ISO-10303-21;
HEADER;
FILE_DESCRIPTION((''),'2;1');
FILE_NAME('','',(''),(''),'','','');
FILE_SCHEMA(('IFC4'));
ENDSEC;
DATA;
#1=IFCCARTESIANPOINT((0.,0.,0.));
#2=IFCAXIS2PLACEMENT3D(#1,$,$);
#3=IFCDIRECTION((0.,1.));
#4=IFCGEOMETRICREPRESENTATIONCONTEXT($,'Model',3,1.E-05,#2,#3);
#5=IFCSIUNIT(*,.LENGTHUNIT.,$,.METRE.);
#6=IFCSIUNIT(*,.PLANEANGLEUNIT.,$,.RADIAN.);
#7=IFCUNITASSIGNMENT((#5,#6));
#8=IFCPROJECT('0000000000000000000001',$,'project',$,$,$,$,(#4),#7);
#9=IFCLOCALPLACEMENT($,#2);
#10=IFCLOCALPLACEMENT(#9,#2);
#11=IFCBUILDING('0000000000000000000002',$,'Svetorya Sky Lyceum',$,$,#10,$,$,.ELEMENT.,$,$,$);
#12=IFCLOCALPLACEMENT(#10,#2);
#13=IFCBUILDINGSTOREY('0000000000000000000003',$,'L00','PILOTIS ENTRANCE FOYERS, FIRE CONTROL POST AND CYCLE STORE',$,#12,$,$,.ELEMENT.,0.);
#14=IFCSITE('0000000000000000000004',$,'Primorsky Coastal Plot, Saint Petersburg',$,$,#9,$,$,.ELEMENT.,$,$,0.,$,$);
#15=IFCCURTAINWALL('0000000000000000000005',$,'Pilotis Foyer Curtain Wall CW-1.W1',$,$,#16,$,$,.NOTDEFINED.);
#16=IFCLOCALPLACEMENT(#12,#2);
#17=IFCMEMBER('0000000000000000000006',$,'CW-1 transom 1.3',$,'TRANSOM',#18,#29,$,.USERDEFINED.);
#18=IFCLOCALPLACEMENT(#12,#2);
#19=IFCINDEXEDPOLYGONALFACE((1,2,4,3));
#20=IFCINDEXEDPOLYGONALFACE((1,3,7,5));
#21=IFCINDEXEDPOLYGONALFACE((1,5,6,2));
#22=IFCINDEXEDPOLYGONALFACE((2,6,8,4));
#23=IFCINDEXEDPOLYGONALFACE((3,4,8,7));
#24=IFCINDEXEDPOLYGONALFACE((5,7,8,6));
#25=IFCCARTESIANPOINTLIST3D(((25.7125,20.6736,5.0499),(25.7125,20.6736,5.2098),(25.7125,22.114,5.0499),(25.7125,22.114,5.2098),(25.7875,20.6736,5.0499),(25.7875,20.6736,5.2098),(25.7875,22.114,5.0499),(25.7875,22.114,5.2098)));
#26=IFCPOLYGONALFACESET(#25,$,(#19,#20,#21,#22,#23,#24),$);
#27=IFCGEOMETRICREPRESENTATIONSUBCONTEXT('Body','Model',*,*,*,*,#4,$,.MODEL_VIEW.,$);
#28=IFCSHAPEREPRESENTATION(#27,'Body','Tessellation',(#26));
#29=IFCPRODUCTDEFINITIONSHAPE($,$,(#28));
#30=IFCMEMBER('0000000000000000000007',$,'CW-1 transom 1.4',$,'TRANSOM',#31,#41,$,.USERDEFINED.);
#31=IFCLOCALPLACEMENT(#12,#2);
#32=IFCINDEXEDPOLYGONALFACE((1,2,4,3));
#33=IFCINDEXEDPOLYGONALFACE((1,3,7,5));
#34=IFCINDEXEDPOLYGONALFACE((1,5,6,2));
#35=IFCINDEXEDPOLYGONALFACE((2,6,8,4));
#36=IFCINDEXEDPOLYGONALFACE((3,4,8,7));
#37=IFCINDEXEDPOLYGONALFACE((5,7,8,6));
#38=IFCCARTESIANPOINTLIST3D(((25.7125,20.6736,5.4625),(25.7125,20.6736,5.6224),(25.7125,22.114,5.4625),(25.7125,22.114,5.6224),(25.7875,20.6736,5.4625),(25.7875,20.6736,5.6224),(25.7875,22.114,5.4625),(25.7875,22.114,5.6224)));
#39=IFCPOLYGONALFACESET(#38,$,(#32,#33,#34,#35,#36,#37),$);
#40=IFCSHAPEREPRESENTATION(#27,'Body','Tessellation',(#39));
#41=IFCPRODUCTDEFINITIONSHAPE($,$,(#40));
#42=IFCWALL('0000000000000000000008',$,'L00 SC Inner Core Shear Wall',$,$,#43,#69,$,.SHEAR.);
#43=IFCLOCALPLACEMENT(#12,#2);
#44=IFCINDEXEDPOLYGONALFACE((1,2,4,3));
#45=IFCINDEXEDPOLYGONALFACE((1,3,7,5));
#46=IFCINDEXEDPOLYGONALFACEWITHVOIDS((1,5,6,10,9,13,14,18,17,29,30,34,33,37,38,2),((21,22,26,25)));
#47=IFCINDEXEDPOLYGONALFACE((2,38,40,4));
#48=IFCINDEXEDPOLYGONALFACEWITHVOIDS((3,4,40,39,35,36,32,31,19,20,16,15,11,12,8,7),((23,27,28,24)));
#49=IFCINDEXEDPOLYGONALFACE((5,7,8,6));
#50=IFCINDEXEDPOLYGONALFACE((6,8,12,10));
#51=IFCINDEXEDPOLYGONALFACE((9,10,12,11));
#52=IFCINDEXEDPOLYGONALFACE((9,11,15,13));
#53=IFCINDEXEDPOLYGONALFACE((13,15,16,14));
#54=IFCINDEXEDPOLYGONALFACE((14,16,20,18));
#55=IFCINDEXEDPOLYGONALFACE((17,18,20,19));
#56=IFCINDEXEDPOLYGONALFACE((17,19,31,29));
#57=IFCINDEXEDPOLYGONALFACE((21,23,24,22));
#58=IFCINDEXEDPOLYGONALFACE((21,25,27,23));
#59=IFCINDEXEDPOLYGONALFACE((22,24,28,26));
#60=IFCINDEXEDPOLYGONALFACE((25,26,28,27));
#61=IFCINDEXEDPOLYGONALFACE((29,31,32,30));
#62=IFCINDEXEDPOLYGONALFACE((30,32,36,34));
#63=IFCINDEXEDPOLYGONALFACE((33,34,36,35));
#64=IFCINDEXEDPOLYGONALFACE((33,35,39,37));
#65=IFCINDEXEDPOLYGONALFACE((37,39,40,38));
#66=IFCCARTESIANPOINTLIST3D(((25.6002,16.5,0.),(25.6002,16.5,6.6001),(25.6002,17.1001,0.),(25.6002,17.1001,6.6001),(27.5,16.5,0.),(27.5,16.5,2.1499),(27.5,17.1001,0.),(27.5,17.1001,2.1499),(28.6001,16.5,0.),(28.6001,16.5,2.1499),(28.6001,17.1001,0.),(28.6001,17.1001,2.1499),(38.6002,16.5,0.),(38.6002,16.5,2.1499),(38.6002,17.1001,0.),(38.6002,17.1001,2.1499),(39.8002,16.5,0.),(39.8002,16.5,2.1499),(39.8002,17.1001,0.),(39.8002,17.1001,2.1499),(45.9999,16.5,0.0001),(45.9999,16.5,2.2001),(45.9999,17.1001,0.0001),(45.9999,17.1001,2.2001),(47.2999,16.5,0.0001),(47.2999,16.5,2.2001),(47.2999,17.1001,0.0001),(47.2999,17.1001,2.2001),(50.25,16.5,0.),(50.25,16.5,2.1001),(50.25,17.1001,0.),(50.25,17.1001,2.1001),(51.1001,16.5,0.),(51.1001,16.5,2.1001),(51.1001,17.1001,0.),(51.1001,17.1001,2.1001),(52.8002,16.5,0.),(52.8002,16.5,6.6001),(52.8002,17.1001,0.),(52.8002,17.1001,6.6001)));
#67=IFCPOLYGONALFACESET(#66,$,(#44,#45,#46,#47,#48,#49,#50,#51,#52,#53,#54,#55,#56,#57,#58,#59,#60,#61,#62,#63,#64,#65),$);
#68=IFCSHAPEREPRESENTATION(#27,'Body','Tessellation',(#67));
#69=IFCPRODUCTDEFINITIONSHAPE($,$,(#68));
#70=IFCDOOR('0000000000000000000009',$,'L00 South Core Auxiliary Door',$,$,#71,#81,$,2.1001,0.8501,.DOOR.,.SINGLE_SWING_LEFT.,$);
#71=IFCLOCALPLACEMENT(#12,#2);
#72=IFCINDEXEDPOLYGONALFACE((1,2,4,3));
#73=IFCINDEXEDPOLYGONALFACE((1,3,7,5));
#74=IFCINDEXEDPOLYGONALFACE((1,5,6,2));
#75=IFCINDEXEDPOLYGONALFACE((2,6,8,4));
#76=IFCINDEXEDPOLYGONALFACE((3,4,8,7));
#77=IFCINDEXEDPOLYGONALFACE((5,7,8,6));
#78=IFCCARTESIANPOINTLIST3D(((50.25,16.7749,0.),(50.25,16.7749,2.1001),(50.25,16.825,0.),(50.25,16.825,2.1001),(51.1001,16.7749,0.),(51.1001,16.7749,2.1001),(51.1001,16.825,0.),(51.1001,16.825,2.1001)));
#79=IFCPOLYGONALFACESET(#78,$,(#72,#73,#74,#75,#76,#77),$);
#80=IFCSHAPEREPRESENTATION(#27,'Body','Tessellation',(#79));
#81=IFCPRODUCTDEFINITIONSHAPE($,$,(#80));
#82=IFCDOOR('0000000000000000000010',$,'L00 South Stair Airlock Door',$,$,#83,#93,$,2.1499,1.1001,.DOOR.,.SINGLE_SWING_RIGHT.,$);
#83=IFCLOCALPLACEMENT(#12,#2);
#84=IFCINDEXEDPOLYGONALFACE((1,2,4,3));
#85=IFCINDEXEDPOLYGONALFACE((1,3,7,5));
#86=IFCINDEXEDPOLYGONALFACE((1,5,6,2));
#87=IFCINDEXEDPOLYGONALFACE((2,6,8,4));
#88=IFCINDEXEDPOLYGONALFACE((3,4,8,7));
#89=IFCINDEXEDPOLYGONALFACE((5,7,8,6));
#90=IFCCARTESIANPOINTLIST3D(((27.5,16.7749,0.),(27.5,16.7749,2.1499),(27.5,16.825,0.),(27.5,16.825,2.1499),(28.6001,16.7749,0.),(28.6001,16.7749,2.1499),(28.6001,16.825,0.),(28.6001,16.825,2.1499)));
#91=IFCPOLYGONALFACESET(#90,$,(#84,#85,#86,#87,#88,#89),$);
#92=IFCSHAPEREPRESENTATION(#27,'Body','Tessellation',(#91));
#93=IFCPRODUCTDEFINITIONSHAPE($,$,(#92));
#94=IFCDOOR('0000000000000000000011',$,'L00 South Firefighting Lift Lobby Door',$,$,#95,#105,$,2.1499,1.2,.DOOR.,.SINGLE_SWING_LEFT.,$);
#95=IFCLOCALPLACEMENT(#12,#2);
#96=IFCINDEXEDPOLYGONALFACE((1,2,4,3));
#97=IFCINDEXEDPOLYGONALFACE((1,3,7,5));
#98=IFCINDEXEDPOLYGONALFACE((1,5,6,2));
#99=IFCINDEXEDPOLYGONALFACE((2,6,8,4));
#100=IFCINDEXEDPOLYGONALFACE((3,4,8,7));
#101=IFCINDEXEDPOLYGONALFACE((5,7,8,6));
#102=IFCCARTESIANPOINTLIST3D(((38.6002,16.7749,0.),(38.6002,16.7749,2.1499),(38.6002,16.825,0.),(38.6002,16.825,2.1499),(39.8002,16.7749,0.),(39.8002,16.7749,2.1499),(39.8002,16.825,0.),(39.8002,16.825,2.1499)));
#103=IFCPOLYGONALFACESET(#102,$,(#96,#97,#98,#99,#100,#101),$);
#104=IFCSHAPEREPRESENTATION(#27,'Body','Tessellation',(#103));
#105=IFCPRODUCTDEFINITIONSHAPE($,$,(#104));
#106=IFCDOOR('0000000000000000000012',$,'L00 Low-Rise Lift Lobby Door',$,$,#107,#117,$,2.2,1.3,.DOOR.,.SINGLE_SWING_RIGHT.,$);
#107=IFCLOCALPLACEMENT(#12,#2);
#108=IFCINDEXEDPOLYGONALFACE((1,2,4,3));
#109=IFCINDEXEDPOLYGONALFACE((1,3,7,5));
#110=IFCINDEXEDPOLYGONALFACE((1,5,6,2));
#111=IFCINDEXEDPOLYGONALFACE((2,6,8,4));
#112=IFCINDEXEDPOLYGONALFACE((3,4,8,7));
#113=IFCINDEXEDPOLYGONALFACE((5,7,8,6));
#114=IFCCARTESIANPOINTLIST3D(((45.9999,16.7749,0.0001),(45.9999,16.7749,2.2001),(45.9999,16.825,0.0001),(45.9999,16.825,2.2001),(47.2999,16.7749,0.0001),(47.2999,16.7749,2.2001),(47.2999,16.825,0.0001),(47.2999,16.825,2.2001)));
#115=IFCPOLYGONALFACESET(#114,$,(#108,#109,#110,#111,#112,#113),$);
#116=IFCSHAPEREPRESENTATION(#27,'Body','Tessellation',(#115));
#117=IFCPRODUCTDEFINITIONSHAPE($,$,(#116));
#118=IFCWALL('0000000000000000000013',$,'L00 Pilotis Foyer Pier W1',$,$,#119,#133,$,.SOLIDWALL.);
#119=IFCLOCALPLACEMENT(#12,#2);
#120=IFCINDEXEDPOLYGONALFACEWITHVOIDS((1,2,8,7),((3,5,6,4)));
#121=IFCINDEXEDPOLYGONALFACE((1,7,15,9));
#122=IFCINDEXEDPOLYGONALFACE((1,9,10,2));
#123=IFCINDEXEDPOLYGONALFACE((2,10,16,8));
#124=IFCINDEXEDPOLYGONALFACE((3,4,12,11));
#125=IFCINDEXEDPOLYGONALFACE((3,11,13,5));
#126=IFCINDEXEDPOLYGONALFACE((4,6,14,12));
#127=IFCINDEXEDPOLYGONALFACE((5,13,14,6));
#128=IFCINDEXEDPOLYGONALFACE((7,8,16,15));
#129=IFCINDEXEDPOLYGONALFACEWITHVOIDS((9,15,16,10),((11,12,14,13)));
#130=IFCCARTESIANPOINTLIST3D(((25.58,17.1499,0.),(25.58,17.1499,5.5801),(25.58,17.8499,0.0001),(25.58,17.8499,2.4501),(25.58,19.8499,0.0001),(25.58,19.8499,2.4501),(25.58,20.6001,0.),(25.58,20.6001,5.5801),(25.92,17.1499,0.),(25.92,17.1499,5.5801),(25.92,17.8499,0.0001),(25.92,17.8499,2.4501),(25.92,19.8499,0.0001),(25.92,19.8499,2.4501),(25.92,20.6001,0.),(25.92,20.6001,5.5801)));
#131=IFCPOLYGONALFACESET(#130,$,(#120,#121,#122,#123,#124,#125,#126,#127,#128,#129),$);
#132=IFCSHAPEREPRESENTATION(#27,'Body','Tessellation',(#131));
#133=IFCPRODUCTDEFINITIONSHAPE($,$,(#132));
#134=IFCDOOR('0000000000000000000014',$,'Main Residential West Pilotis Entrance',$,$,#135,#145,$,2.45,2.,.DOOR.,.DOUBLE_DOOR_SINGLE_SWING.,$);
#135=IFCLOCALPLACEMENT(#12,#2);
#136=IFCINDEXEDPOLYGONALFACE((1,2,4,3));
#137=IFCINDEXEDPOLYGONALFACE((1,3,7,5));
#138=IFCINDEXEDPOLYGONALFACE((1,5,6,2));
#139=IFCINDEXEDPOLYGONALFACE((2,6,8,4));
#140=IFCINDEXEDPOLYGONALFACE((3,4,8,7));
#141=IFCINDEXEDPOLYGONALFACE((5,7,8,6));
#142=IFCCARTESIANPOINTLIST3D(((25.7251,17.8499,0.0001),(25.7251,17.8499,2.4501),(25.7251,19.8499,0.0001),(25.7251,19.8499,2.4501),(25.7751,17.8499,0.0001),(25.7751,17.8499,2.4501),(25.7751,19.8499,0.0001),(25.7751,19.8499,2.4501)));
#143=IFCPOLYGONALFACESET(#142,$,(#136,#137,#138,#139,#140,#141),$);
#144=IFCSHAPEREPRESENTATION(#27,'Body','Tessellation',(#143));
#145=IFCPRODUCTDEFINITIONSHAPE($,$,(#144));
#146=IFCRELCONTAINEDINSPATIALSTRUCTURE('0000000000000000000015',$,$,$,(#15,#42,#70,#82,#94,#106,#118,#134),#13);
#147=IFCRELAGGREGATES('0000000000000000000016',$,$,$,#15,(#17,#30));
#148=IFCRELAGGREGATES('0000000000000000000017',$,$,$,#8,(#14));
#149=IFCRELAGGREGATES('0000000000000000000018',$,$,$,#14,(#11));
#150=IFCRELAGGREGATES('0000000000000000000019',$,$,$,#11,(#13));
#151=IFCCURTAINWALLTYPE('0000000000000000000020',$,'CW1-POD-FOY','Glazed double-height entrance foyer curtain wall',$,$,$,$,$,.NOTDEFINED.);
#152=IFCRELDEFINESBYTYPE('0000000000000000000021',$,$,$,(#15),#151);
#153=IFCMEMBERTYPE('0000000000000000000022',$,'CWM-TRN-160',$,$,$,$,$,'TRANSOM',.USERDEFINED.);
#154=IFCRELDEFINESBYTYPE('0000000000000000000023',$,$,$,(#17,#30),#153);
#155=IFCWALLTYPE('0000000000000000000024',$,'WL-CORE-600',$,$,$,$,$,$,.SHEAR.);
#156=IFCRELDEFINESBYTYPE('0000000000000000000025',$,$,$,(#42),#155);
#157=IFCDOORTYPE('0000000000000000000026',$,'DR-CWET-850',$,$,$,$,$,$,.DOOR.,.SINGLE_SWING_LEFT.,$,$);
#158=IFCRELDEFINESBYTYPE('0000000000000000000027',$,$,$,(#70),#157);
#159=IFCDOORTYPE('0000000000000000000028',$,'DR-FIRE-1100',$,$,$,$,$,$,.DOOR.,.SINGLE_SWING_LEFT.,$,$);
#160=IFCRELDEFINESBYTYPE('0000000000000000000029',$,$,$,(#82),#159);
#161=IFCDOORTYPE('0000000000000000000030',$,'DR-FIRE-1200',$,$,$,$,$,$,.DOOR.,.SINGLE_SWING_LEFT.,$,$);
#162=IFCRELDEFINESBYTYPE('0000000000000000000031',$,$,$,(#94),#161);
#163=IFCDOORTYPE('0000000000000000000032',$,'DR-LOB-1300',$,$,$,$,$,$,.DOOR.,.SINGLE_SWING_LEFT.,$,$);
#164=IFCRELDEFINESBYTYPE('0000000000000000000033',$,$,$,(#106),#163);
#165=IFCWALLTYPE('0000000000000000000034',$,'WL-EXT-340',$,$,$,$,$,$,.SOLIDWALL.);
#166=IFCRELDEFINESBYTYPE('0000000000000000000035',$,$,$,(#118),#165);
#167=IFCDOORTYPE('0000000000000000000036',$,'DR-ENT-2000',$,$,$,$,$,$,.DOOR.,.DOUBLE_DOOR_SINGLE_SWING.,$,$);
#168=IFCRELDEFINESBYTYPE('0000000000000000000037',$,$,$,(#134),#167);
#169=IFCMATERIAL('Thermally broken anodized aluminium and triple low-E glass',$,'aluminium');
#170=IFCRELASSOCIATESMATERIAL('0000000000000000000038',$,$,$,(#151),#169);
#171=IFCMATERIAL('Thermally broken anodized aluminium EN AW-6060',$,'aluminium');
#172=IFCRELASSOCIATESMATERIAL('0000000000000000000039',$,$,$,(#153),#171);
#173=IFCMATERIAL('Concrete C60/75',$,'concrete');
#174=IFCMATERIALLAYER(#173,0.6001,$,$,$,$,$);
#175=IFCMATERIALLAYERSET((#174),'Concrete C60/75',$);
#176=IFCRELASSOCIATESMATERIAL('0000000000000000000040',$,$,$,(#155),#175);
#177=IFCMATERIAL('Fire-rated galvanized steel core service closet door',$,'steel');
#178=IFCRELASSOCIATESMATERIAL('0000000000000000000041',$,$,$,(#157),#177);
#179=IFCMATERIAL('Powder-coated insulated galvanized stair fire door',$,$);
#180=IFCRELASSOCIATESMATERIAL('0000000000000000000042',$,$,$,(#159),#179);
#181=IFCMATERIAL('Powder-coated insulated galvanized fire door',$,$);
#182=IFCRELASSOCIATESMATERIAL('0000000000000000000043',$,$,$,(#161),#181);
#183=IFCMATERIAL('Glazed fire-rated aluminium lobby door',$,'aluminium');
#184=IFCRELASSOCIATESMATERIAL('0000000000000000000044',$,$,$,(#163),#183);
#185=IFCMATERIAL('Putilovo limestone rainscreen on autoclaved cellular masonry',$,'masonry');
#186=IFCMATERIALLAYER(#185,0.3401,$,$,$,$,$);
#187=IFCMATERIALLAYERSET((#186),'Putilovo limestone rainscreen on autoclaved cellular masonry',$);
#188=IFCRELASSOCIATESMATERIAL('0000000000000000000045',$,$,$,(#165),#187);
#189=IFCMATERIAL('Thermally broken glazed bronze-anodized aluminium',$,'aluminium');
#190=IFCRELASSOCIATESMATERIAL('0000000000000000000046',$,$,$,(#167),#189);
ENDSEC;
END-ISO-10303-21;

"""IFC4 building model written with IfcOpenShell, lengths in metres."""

from ifc_helpers import new_model, si_unit, direction, frame, frame_2d, origin, origin_2d, place, context, subcontext, project, spatial, rectangle, extrude, material, layer, layer_set, material_profile, profile_set, type_object, element, fill, aggregate, save


model = new_model("IFC4")

# Units and contexts
model_context = context("Model", 3, precision=1e-05, world=origin(), true_north=direction((0.0, 1.0)))
body_context = subcontext(model_context, "Body", "Model", "MODEL_VIEW")
ifc_project = project(units=[si_unit("LENGTHUNIT", "METRE"), si_unit("PLANEANGLEUNIT", "RADIAN")], contexts=[model_context])

# Site, building, storey
site_placement = place(None, origin())
site = spatial("IfcSite", under=ifc_project, at=site_placement, Name="Primorsky Coastal Plot, Saint Petersburg", CompositionType="ELEMENT", RefElevation=0.0)
building_placement = place(site_placement, origin())
building = spatial("IfcBuilding", under=site, at=building_placement, Name="Svetorya Sky Lyceum", CompositionType="ELEMENT")
storey_placement = place(building_placement, origin())
storey = spatial("IfcBuildingStorey", under=building, at=storey_placement, Name="L00", Description="PILOTIS ENTRANCE FOYERS, FIRE CONTROL POST AND CYCLE STORE", CompositionType="ELEMENT", Elevation=0.0)

# Shared definitions
ifc_material_1 = material(Name="Concrete C60/75", Category="concrete")

# Curtain wall, members
ifc_material_2 = material(Name="Thermally broken anodized aluminium and triple low-E glass", Category="aluminium")
curtain_wall_type = type_object("IfcCurtainWallType", Name="CW1-POD-FOY", Description="Glazed double-height entrance foyer curtain wall", PredefinedType="NOTDEFINED", material=ifc_material_2)
curtain_wall_placement = place(storey_placement, origin())
curtain_wall = element("IfcCurtainWall", 1, at=curtain_wall_placement, inside=storey, type_object=curtain_wall_type, Name="Pilotis Foyer Curtain Wall CW-1.W1", PredefinedType="NOTDEFINED")
ifc_material_3 = material(Name="Thermally broken anodized aluminium EN AW-6060", Category="aluminium")
ifc_material_profile_1 = material_profile(ifc_material_3, rectangle(XDim=0.075, YDim=0.1599, at=origin_2d()), Name="ALU TRANSOM 75x160")
ifc_profile_set_1 = profile_set([ifc_material_profile_1], Name="Thermally broken anodized aluminium EN AW-6060")
member_type_1 = type_object("IfcMemberType", Name="CWM-TRN-160", ElementType="TRANSOM", PredefinedType="USERDEFINED", material=ifc_profile_set_1)
member_1_placement = place(storey_placement, frame((25.75, 20.6736, 5.1299), z_axis=(0.0, 1.0, 0.0), x_axis=(-1.0, 0.0, 0.0)))
member_1 = element("IfcMember", 2, at=member_1_placement, type_object=member_type_1, Name="CW-1 transom 1.3", ObjectType="TRANSOM", PredefinedType="USERDEFINED", context=body_context, shape_type="SweptSolid", body=[
    extrude(rectangle(XDim=0.075, YDim=0.1599, at=origin_2d()), origin(), (0.0, 0.0, 1.0), 1.4404),
])
member_2_placement = place(storey_placement, frame((25.75, 20.6736, 5.5425), z_axis=(0.0, 1.0, 0.0), x_axis=(-1.0, 0.0, 0.0)))
member_2 = element("IfcMember", 3, at=member_2_placement, type_object=member_type_1, Name="CW-1 transom 1.4", ObjectType="TRANSOM", PredefinedType="USERDEFINED", context=body_context, shape_type="SweptSolid", body=[
    extrude(rectangle(XDim=0.075, YDim=0.1599, at=origin_2d()), origin(), (0.0, 0.0, 1.0), 1.4404),
])
aggregate(curtain_wall, [member_1, member_2])

# Wall, openings, doors
ifc_layer_1 = layer(ifc_material_1, 0.6001)
ifc_layer_set_1 = layer_set([ifc_layer_1], Name="Concrete C60/75")
wall_type_1 = type_object("IfcWallType", Name="WL-CORE-600", PredefinedType="SHEAR", material=ifc_layer_set_1)
wall_1_placement = place(storey_placement, frame((25.6001, 16.8, 0.0), z_axis=(0.0, 0.0, 1.0), x_axis=(1.0, 0.0, 0.0)))
wall_1 = element("IfcWall", 4, at=wall_1_placement, inside=storey, type_object=wall_type_1, Name="L00 SC Inner Core Shear Wall", PredefinedType="SHEAR", context=body_context, shape_type="SweptSolid", body=[
    extrude(rectangle(XDim=27.2, YDim=0.6001, at=frame_2d((13.6001, 0.0))), origin(), (0.0, 0.0, 1.0), 6.6001),
])
opening_1_placement = place(wall_1_placement, frame((1.8999, 0.0, 0.0)))
opening_1 = element("IfcOpeningElement", 5, at=opening_1_placement, cuts=wall_1, PredefinedType="OPENING", context=body_context, shape_type="SweptSolid", body=[
    extrude(rectangle(XDim=1.1001, YDim=2.1499, at=frame_2d((0.55, 1.075))), frame((0.0, 0.3101, 0.0), z_axis=(0.0, -1.0, 0.0), x_axis=(1.0, 0.0, 0.0)), (0.0, 0.0, 1.0), 0.6201),
])
opening_2_placement = place(wall_1_placement, frame((13.0, 0.0, 0.0)))
opening_2 = element("IfcOpeningElement", 6, at=opening_2_placement, cuts=wall_1, PredefinedType="OPENING", context=body_context, shape_type="SweptSolid", body=[
    extrude(rectangle(XDim=1.2, YDim=2.1499, at=frame_2d((0.6001, 1.075))), frame((0.0, 0.3101, 0.0), z_axis=(0.0, -1.0, 0.0), x_axis=(1.0, 0.0, 0.0)), (0.0, 0.0, 1.0), 0.6201),
])
opening_3_placement = place(wall_1_placement, frame((20.3999, 0.0, 0.0)))
opening_3 = element("IfcOpeningElement", 7, at=opening_3_placement, cuts=wall_1, PredefinedType="OPENING", context=body_context, shape_type="SweptSolid", body=[
    extrude(rectangle(XDim=1.3, YDim=2.2, at=frame_2d((0.6499, 1.1001))), frame((0.0, 0.3101, 0.0), z_axis=(0.0, -1.0, 0.0), x_axis=(1.0, 0.0, 0.0)), (0.0, 0.0, 1.0), 0.6201),
])
opening_4_placement = place(wall_1_placement, frame((24.6499, 0.0, 0.0)))
opening_4 = element("IfcOpeningElement", 8, at=opening_4_placement, cuts=wall_1, PredefinedType="OPENING", context=body_context, shape_type="SweptSolid", body=[
    extrude(rectangle(XDim=0.8501, YDim=2.1001, at=frame_2d((0.425, 1.05))), frame((0.0, 0.3101, 0.0), z_axis=(0.0, -1.0, 0.0), x_axis=(1.0, 0.0, 0.0)), (0.0, 0.0, 1.0), 0.6201),
])
ifc_material_4 = material(Name="Fire-rated galvanized steel core service closet door", Category="steel")
door_type_1 = type_object("IfcDoorType", Name="DR-CWET-850", OperationType="SINGLE_SWING_LEFT", PredefinedType="DOOR", material=ifc_material_4)
door_1_placement = place(opening_4_placement, origin())
door_1 = element("IfcDoor", 9, at=door_1_placement, inside=storey, type_object=door_type_1, Name="L00 South Core Auxiliary Door", OperationType="SINGLE_SWING_LEFT", OverallHeight=2.1001, OverallWidth=0.8501, PredefinedType="DOOR", context=body_context, shape_type="SweptSolid", body=[
    extrude(rectangle(XDim=0.8501, YDim=2.1001, at=frame_2d((0.425, 1.05))), frame((0.0, 0.0249, 0.0), z_axis=(0.0, -1.0, 0.0), x_axis=(1.0, 0.0, 0.0)), (0.0, 0.0, 1.0), 0.05),
])
fill(opening_4, door_1)
ifc_material_5 = material(Name="Powder-coated insulated galvanized stair fire door")
door_type_2 = type_object("IfcDoorType", Name="DR-FIRE-1100", OperationType="SINGLE_SWING_LEFT", PredefinedType="DOOR", material=ifc_material_5)
door_2_placement = place(opening_1_placement, origin())
door_2 = element("IfcDoor", 10, at=door_2_placement, inside=storey, type_object=door_type_2, Name="L00 South Stair Airlock Door", OperationType="SINGLE_SWING_RIGHT", OverallHeight=2.1499, OverallWidth=1.1001, PredefinedType="DOOR", context=body_context, shape_type="SweptSolid", body=[
    extrude(rectangle(XDim=1.1001, YDim=2.1499, at=frame_2d((0.55, 1.075))), frame((0.0, 0.0249, 0.0), z_axis=(0.0, -1.0, 0.0), x_axis=(1.0, 0.0, 0.0)), (0.0, 0.0, 1.0), 0.05),
])
fill(opening_1, door_2)
ifc_material_6 = material(Name="Powder-coated insulated galvanized fire door")
door_type_3 = type_object("IfcDoorType", Name="DR-FIRE-1200", OperationType="SINGLE_SWING_LEFT", PredefinedType="DOOR", material=ifc_material_6)
door_3_placement = place(opening_2_placement, origin())
door_3 = element("IfcDoor", 11, at=door_3_placement, inside=storey, type_object=door_type_3, Name="L00 South Firefighting Lift Lobby Door", OperationType="SINGLE_SWING_LEFT", OverallHeight=2.1499, OverallWidth=1.2, PredefinedType="DOOR", context=body_context, shape_type="SweptSolid", body=[
    extrude(rectangle(XDim=1.2, YDim=2.1499, at=frame_2d((0.6001, 1.075))), frame((0.0, 0.0249, 0.0), z_axis=(0.0, -1.0, 0.0), x_axis=(1.0, 0.0, 0.0)), (0.0, 0.0, 1.0), 0.05),
])
fill(opening_2, door_3)
ifc_material_7 = material(Name="Glazed fire-rated aluminium lobby door", Category="aluminium")
door_type_4 = type_object("IfcDoorType", Name="DR-LOB-1300", OperationType="SINGLE_SWING_LEFT", PredefinedType="DOOR", material=ifc_material_7)
door_4_placement = place(opening_3_placement, origin())
door_4 = element("IfcDoor", 12, at=door_4_placement, inside=storey, type_object=door_type_4, Name="L00 Low-Rise Lift Lobby Door", OperationType="SINGLE_SWING_RIGHT", OverallHeight=2.2, OverallWidth=1.3, PredefinedType="DOOR", context=body_context, shape_type="SweptSolid", body=[
    extrude(rectangle(XDim=1.3, YDim=2.2, at=frame_2d((0.6499, 1.1001))), frame((0.0, 0.0249, 0.0), z_axis=(0.0, -1.0, 0.0), x_axis=(1.0, 0.0, 0.0)), (0.0, 0.0, 1.0), 0.05),
])
fill(opening_3, door_4)

# Wall, opening, door
ifc_material_8 = material(Name="Putilovo limestone rainscreen on autoclaved cellular masonry", Category="masonry")
ifc_layer_2 = layer(ifc_material_8, 0.3401)
ifc_layer_set_2 = layer_set([ifc_layer_2], Name="Putilovo limestone rainscreen on autoclaved cellular masonry")
wall_type_2 = type_object("IfcWallType", Name="WL-EXT-340", PredefinedType="SOLIDWALL", material=ifc_layer_set_2)
wall_2_placement = place(storey_placement, frame((25.75, 17.1499, 0.0), z_axis=(0.0, 0.0, 1.0), x_axis=(0.0, 1.0, 0.0)))
wall_2 = element("IfcWall", 13, at=wall_2_placement, inside=storey, type_object=wall_type_2, Name="L00 Pilotis Foyer Pier W1", PredefinedType="SOLIDWALL", context=body_context, shape_type="SweptSolid", body=[
    extrude(rectangle(XDim=3.4502, YDim=0.3401, at=frame_2d((1.7251, 0.0))), origin(), (0.0, 0.0, 1.0), 5.5801),
])
opening_5_placement = place(wall_2_placement, frame((0.7, 0.0, 0.0)))
opening_5 = element("IfcOpeningElement", 14, at=opening_5_placement, cuts=wall_2, PredefinedType="OPENING", context=body_context, shape_type="SweptSolid", body=[
    extrude(rectangle(XDim=2.0, YDim=2.45, at=frame_2d((1.0, 1.2251))), frame((0.0, 0.1799, 0.0), z_axis=(0.0, -1.0, 0.0), x_axis=(1.0, 0.0, 0.0)), (0.0, 0.0, 1.0), 0.3601),
])
ifc_material_9 = material(Name="Thermally broken glazed bronze-anodized aluminium", Category="aluminium")
door_type_5 = type_object("IfcDoorType", Name="DR-ENT-2000", OperationType="DOUBLE_DOOR_SINGLE_SWING", PredefinedType="DOOR", material=ifc_material_9)
door_5_placement = place(opening_5_placement, origin())
door_5 = element("IfcDoor", 15, at=door_5_placement, inside=storey, type_object=door_type_5, Name="Main Residential West Pilotis Entrance", OperationType="DOUBLE_DOOR_SINGLE_SWING", OverallHeight=2.45, OverallWidth=2.0, PredefinedType="DOOR", context=body_context, shape_type="SweptSolid", body=[
    extrude(rectangle(XDim=2.0, YDim=2.45, at=frame_2d((1.0, 1.2251))), frame((0.0, 0.0249, 0.0), z_axis=(0.0, -1.0, 0.0), x_axis=(1.0, 0.0, 0.0)), (0.0, 0.0, 1.0), 0.05),
])
fill(opening_5, door_5)

save(model, "model.ifc")
